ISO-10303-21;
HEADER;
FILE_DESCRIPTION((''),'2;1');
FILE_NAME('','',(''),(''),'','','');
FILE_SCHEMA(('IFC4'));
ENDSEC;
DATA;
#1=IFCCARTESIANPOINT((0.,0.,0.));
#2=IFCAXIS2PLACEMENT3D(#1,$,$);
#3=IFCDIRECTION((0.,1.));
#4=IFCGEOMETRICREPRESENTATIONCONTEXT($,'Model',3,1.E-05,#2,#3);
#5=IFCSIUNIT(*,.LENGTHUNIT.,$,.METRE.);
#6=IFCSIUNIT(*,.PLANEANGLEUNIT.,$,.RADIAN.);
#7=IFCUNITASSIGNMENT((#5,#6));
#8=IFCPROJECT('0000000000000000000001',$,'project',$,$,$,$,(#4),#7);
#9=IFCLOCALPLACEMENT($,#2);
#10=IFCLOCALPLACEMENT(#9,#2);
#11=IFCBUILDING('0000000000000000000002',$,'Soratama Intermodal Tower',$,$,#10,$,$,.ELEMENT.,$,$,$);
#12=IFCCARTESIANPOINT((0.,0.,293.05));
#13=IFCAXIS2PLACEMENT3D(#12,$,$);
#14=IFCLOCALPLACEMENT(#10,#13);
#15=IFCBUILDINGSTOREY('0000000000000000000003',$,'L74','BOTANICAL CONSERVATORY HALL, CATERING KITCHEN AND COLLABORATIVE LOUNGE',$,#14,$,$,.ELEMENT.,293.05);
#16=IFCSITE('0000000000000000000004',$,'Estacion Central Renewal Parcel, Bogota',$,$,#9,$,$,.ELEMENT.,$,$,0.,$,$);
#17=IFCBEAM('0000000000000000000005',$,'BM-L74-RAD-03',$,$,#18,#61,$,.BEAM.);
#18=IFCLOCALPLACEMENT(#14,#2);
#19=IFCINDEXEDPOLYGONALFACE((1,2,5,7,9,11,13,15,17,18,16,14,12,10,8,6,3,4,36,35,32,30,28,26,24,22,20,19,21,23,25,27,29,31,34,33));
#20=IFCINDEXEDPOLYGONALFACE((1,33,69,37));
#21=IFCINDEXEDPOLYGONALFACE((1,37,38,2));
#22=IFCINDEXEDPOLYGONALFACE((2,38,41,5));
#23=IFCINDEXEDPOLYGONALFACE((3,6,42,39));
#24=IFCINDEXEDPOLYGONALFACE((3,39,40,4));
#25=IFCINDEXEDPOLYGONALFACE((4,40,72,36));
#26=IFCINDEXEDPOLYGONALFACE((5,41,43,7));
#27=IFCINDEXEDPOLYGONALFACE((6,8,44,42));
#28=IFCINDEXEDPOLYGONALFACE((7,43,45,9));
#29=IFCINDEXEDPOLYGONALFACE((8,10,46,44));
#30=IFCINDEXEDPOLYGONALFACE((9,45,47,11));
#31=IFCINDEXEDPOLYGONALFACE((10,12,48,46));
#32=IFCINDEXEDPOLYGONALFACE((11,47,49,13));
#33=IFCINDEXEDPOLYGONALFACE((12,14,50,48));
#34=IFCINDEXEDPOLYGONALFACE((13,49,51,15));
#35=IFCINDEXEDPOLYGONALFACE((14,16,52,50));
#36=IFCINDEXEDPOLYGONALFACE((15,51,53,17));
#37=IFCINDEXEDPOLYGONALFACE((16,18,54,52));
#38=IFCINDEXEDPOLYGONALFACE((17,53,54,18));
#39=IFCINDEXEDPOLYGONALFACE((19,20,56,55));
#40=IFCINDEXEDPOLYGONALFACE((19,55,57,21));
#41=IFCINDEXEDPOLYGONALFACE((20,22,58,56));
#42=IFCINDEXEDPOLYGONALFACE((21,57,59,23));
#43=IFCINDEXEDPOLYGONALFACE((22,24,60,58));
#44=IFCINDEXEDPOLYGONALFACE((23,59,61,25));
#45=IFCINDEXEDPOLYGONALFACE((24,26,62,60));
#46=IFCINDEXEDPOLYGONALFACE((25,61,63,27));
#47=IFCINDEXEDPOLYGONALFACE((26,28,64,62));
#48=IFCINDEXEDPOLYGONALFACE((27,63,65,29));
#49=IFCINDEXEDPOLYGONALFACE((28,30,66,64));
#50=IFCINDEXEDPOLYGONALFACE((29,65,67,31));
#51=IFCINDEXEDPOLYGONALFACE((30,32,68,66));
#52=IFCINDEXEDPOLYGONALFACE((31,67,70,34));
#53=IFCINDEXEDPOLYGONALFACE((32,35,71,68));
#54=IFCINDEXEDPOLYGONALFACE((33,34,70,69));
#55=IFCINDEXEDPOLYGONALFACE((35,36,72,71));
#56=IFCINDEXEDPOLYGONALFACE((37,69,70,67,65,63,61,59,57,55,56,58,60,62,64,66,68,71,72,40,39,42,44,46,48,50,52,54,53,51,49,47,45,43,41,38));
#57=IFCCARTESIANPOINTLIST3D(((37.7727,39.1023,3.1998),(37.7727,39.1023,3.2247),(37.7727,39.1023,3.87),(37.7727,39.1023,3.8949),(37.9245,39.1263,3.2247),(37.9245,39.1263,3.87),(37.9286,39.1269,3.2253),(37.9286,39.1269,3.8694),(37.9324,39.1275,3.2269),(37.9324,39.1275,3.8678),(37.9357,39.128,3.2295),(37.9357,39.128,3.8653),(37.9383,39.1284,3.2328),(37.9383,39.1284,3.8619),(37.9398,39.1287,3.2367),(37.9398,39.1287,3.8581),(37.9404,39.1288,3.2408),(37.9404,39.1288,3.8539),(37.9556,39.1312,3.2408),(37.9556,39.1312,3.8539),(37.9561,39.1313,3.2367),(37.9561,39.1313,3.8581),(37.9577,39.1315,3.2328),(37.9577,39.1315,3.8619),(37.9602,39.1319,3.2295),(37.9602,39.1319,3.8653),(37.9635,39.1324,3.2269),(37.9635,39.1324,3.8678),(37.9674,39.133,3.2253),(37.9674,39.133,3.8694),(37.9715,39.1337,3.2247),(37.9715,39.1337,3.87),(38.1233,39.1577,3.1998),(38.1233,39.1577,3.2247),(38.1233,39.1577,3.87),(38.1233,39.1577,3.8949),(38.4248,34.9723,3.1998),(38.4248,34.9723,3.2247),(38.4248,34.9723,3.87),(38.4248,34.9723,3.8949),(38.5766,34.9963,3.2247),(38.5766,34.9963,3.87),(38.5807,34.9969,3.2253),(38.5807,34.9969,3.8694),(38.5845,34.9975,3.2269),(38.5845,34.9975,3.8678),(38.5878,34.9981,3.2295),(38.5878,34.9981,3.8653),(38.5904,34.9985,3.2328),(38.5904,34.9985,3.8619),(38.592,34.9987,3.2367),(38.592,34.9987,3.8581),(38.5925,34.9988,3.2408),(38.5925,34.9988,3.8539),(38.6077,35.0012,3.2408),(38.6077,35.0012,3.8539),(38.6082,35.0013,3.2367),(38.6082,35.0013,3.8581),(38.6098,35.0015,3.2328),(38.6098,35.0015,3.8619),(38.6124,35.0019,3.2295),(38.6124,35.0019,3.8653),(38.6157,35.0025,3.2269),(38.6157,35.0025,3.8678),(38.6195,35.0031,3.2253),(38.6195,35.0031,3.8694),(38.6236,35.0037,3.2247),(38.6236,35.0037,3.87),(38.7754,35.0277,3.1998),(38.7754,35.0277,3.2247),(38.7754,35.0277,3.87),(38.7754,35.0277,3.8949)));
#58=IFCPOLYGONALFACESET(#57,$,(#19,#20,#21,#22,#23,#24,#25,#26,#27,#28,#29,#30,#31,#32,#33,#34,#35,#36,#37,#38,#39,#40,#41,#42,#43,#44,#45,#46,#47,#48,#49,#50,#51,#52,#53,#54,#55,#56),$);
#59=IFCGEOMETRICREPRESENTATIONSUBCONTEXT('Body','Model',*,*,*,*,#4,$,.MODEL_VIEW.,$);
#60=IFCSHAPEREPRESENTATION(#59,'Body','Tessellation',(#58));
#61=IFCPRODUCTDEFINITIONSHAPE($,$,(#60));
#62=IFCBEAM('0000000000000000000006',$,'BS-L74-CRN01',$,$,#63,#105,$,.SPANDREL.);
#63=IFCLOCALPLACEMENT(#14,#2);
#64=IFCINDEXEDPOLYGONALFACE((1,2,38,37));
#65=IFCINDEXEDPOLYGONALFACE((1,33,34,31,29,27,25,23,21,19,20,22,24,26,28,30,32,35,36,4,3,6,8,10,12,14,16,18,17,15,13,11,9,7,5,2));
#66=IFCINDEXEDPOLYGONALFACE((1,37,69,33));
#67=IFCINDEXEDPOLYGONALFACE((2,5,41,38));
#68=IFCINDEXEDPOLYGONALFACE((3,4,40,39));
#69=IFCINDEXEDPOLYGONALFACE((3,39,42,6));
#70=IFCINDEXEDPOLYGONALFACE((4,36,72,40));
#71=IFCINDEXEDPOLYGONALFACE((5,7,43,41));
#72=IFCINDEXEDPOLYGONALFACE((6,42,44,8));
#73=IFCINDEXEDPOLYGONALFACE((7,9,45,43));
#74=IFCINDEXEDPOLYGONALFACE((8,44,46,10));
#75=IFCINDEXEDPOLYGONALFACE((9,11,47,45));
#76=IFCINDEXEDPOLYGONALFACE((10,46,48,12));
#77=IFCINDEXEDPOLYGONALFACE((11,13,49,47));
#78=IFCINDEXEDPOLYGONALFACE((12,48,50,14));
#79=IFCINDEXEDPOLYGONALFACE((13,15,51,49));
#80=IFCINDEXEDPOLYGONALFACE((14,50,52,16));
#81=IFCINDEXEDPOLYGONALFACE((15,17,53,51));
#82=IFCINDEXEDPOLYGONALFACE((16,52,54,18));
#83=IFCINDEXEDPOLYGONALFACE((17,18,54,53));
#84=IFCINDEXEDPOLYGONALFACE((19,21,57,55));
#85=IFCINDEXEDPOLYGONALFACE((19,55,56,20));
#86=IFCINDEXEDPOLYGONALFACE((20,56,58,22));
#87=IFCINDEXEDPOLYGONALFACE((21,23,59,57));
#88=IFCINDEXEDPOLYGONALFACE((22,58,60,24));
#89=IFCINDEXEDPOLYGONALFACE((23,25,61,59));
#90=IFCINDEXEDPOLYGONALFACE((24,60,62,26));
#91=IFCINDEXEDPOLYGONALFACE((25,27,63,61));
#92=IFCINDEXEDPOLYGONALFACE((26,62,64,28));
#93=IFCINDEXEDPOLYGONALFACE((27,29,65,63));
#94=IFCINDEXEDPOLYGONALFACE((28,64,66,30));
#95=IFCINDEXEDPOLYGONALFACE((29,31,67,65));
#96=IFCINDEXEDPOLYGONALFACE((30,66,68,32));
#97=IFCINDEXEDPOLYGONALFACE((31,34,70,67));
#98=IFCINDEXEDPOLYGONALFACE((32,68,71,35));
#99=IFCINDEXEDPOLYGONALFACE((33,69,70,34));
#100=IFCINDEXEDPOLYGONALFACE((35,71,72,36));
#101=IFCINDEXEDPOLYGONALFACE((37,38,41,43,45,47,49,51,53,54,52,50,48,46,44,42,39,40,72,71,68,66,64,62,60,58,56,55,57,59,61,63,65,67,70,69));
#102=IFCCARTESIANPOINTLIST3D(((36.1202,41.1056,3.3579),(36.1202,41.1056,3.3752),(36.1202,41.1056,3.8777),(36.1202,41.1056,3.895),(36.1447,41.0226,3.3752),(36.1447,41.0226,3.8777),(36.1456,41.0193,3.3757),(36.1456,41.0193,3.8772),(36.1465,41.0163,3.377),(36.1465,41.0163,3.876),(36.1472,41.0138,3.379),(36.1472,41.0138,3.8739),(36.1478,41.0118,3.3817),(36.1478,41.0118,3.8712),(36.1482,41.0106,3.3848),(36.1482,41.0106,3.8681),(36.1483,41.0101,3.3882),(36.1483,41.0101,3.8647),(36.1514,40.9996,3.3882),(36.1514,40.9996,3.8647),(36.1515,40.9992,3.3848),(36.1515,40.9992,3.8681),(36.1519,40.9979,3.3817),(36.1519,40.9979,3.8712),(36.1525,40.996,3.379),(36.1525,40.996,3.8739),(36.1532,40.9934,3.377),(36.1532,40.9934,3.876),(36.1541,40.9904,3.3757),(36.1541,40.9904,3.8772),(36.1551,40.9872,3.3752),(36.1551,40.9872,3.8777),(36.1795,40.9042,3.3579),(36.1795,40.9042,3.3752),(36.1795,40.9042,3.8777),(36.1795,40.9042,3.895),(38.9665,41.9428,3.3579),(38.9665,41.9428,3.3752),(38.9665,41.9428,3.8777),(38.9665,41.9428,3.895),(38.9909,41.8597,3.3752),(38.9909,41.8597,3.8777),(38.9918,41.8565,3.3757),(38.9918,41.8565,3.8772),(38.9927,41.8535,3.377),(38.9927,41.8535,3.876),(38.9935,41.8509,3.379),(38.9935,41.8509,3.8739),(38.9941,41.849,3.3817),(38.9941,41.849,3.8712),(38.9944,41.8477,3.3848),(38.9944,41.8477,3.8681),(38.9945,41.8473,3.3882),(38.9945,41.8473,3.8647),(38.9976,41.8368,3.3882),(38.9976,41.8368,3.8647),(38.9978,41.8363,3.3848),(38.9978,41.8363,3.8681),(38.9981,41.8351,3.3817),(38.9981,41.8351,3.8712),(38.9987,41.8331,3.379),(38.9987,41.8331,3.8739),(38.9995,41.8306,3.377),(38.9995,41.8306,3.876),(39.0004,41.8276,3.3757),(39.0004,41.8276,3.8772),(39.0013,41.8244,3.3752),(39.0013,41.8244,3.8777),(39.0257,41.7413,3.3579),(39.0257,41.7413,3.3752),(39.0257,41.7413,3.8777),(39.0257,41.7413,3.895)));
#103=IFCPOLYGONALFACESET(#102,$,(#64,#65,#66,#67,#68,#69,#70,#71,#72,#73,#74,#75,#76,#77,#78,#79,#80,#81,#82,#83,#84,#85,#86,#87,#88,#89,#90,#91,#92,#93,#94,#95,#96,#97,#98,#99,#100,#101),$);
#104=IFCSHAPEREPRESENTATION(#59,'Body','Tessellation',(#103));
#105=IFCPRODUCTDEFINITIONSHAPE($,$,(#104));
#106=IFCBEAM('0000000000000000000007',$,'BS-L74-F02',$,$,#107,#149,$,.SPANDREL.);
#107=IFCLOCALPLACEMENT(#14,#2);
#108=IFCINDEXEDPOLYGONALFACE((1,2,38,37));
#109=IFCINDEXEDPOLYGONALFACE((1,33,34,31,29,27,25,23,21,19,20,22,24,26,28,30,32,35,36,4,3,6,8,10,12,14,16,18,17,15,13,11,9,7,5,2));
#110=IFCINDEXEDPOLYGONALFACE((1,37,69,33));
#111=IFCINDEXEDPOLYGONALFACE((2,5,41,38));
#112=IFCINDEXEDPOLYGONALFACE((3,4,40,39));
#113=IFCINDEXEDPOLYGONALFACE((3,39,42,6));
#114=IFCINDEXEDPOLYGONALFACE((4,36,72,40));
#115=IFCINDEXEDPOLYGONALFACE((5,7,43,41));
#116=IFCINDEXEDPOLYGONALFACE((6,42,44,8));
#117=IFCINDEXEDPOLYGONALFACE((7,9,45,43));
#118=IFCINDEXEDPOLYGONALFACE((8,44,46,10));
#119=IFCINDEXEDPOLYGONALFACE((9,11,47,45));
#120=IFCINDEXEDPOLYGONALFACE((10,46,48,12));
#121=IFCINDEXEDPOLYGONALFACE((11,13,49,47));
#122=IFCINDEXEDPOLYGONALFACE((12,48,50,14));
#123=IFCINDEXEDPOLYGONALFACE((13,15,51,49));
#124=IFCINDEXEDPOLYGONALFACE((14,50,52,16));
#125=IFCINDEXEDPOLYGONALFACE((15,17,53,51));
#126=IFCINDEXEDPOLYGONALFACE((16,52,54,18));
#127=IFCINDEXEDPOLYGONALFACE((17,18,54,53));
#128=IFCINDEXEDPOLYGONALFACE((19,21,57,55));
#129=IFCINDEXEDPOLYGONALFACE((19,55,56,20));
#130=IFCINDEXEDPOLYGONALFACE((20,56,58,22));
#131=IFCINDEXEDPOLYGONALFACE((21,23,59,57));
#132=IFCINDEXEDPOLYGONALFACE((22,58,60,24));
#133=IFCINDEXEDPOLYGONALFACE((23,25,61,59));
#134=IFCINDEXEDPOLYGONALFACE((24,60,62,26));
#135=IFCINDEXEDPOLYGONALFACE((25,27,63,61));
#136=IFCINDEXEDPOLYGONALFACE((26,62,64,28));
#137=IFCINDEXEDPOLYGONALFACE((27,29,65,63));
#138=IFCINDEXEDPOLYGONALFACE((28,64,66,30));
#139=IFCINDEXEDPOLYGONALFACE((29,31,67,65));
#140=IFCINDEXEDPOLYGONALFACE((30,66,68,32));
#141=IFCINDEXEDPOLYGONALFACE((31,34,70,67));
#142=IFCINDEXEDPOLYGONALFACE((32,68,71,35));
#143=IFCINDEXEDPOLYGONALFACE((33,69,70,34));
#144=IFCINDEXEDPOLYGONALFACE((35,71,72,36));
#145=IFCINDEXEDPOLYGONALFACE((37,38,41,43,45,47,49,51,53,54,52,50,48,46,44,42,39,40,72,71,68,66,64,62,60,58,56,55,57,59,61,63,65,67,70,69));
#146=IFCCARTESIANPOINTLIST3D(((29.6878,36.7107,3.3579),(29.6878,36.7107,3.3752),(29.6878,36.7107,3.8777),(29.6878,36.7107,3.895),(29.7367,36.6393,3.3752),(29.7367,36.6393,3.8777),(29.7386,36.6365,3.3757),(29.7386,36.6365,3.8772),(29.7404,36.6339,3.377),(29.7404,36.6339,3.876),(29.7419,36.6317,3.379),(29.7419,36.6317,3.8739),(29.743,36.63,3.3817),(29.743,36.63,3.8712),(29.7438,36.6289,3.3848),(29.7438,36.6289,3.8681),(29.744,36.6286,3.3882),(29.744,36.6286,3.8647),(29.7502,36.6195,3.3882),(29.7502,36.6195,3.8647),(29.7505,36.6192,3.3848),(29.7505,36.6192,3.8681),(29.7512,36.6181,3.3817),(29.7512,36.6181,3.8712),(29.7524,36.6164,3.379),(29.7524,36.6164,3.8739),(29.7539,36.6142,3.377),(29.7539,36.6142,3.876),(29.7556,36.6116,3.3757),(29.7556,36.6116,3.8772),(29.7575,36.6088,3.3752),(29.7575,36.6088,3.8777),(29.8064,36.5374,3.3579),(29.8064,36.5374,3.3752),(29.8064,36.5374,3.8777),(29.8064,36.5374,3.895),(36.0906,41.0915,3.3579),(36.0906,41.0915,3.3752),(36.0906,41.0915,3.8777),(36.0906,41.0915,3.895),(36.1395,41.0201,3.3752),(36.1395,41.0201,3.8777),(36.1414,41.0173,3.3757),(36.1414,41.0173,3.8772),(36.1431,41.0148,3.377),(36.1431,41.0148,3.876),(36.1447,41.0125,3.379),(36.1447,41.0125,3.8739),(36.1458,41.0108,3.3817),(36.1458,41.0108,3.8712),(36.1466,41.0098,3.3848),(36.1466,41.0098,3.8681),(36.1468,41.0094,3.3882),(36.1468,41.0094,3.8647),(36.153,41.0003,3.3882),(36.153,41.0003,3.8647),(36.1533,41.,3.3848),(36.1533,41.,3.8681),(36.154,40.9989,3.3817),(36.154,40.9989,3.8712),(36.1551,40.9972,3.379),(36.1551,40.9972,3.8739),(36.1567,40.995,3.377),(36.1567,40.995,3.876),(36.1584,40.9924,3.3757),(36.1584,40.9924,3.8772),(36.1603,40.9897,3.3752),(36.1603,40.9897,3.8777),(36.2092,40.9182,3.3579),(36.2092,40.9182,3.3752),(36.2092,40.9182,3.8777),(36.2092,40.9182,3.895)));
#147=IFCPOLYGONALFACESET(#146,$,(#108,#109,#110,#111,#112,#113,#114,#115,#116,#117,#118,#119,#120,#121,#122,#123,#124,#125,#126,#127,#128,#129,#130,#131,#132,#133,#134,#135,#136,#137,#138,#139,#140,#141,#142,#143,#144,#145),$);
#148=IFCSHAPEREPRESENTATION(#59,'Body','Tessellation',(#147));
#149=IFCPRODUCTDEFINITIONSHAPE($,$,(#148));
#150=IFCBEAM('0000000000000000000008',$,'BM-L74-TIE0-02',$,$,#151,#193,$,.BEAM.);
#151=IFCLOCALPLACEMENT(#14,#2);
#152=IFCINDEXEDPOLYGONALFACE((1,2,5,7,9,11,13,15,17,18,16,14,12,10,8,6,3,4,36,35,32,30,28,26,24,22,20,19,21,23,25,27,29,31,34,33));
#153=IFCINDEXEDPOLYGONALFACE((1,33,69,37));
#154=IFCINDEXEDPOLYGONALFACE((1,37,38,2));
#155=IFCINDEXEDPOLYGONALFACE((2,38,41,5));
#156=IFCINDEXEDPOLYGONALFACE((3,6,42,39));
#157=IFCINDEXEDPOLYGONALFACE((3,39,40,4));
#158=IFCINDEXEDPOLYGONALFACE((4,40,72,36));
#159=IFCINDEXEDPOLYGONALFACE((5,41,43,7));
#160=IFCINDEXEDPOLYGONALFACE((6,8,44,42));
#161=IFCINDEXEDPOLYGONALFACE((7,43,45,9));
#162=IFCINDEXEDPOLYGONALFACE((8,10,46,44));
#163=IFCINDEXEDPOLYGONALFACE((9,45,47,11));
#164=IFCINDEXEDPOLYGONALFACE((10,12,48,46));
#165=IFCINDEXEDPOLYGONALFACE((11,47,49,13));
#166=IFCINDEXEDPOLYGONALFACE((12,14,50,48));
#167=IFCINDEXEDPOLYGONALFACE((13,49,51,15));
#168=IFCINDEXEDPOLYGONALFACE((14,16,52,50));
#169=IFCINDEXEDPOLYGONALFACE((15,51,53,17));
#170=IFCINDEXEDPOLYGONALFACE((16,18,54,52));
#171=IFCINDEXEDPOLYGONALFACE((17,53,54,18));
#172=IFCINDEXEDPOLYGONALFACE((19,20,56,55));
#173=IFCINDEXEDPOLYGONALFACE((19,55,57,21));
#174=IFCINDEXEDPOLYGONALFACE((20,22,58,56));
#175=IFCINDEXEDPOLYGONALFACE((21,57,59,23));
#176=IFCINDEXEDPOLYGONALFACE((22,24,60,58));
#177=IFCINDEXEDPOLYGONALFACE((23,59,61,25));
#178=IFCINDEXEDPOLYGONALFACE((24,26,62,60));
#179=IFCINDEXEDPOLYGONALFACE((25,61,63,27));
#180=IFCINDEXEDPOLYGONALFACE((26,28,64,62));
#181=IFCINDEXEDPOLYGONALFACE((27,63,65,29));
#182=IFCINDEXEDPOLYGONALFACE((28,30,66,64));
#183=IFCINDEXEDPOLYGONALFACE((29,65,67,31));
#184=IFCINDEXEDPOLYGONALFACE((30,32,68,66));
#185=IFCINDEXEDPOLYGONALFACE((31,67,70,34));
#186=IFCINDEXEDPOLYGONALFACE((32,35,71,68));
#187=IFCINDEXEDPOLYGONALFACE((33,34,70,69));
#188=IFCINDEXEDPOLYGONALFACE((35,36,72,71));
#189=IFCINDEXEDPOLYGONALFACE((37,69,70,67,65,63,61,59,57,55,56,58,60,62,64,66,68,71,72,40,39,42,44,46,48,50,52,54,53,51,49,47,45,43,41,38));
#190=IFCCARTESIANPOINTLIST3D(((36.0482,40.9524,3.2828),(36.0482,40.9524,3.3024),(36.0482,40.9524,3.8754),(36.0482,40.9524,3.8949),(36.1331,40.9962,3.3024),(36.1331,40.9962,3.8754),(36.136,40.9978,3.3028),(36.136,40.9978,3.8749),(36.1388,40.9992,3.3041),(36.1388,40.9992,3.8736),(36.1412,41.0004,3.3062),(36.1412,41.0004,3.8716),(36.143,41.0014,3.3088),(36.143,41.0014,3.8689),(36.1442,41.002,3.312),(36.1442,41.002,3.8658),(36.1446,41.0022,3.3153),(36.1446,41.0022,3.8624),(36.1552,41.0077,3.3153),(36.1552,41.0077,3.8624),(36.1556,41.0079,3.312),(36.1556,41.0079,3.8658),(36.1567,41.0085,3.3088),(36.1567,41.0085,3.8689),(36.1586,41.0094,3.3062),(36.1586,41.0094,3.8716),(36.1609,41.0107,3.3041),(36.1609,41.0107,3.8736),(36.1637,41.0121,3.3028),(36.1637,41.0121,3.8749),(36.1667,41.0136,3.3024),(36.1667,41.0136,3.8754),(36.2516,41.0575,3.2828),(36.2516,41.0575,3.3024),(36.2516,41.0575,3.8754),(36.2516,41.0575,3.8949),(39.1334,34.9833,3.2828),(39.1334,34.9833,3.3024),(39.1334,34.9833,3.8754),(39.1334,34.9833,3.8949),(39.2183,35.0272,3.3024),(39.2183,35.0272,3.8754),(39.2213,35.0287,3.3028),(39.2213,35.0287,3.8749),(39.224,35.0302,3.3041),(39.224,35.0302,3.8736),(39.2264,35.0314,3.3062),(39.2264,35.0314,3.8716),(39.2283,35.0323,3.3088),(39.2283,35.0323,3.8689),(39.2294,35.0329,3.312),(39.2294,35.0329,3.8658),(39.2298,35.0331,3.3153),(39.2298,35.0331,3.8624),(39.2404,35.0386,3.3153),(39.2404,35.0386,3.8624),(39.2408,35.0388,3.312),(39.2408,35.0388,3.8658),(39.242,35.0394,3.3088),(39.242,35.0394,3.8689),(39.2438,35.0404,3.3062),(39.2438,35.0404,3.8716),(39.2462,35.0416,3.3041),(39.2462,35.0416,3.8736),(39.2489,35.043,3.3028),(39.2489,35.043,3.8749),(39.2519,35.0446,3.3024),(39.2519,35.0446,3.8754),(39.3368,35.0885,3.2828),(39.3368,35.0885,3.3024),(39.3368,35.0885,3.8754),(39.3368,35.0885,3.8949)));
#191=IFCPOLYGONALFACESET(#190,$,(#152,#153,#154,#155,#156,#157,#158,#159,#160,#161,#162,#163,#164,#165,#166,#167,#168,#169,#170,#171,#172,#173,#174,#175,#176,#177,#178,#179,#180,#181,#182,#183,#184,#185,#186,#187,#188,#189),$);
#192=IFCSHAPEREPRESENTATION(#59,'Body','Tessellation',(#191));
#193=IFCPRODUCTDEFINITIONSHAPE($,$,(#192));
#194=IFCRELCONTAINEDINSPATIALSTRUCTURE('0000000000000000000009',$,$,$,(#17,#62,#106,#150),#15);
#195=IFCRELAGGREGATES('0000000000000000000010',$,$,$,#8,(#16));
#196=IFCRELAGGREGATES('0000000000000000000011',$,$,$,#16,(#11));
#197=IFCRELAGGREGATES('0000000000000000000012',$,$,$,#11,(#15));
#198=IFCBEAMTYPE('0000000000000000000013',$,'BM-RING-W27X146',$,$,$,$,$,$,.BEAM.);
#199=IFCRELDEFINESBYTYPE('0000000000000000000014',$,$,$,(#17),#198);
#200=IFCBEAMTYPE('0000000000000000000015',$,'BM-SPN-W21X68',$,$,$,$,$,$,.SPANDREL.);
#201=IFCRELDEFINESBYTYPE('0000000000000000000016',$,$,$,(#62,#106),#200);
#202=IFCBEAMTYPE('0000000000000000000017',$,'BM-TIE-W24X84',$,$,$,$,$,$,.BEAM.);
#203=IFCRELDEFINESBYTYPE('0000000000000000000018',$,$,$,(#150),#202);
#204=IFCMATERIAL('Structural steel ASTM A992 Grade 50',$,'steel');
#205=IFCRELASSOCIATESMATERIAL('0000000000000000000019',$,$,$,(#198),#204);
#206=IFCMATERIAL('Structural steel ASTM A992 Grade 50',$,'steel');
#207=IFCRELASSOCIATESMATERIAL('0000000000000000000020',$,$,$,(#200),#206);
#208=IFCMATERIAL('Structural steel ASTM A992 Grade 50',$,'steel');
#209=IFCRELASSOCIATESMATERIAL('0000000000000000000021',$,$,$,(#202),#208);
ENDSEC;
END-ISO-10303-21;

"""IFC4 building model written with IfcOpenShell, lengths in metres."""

from ifc_helpers import new_model, si_unit, direction, frame, origin, origin_2d, place, context, subcontext, project, spatial, i_section, extrude, material, material_profile, profile_set, type_object, element, save


model = new_model("IFC4")

# Units and contexts
model_context = context("Model", 3, precision=1e-05, world=origin(), true_north=direction((0.0, 1.0)))
body_context = subcontext(model_context, "Body", "Model", "MODEL_VIEW")
ifc_project = project(units=[si_unit("LENGTHUNIT", "METRE"), si_unit("PLANEANGLEUNIT", "RADIAN")], contexts=[model_context])

# Site, building, storey
site_placement = place(None, origin())
site = spatial("IfcSite", under=ifc_project, at=site_placement, Name="Estacion Central Renewal Parcel, Bogota", CompositionType="ELEMENT", RefElevation=0.0)
building_placement = place(site_placement, origin())
building = spatial("IfcBuilding", under=site, at=building_placement, Name="Soratama Intermodal Tower", CompositionType="ELEMENT")
storey_placement = place(building_placement, frame((0.0, 0.0, 293.05)))
storey = spatial("IfcBuildingStorey", under=building, at=storey_placement, Name="L74", Description="BOTANICAL CONSERVATORY HALL, CATERING KITCHEN AND COLLABORATIVE LOUNGE", CompositionType="ELEMENT", Elevation=293.05)

# Beams
ifc_material_1 = material(Name="Structural steel ASTM A992 Grade 50", Category="steel")
ifc_material_profile_1 = material_profile(ifc_material_1, i_section(OverallWidth=0.355, OverallDepth=0.6951, WebThickness=0.0154, FlangeThickness=0.0249, FilletRadius=0.0161, at=origin_2d()), Name="W27X146")
ifc_profile_set_1 = profile_set([ifc_material_profile_1], Name="Structural steel ASTM A992 Grade 50")
beam_type_1 = type_object("IfcBeamType", Name="BM-RING-W27X146", PredefinedType="BEAM", material=ifc_profile_set_1)
beam_1_placement = place(storey_placement, frame((38.6001, 35.0, 3.5474), z_axis=(-0.155966, 0.987762, 0.0), x_axis=(-0.987762, -0.155966, 0.0)))
element("IfcBeam", 1, at=beam_1_placement, inside=storey, type_object=beam_type_1, Name="BM-L74-RAD-03", PredefinedType="BEAM", context=body_context, shape_type="SweptSolid", body=[
    extrude(i_section(OverallWidth=0.355, OverallDepth=0.6951, WebThickness=0.0154, FlangeThickness=0.0249, FilletRadius=0.0161, at=origin_2d()), origin(), (0.0, 0.0, 1.0), 4.1812),
])
ifc_material_2 = material(Name="Structural steel ASTM A992 Grade 50", Category="steel")
ifc_material_profile_2 = material_profile(ifc_material_2, i_section(OverallWidth=0.21, OverallDepth=0.5371, WebThickness=0.011, FlangeThickness=0.0173, FilletRadius=0.0129, at=origin_2d()), Name="W21X68")
ifc_profile_set_2 = profile_set([ifc_material_profile_2], Name="Structural steel ASTM A992 Grade 50")
beam_type_2 = type_object("IfcBeamType", Name="BM-SPN-W21X68", PredefinedType="SPANDREL", material=ifc_profile_set_2)
beam_2_placement = place(storey_placement, frame((38.9961, 41.842, 3.6265), z_axis=(-0.959362, -0.28218, 0.0), x_axis=(0.28218, -0.959362, 0.0)))
element("IfcBeam", 2, at=beam_2_placement, inside=storey, type_object=beam_type_2, Name="BS-L74-CRN01", PredefinedType="SPANDREL", context=body_context, shape_type="SweptSolid", body=[
    extrude(i_section(OverallWidth=0.21, OverallDepth=0.5371, WebThickness=0.011, FlangeThickness=0.0173, FilletRadius=0.0129, at=origin_2d()), origin(), (0.0, 0.0, 1.0), 2.9668),
])
beam_3_placement = place(storey_placement, frame((36.1499, 41.0049, 3.6265), z_axis=(-0.825309, -0.564682, 0.0), x_axis=(0.564682, -0.825309, 0.0)))
element("IfcBeam", 3, at=beam_3_placement, inside=storey, type_object=beam_type_2, Name="BS-L74-F02", PredefinedType="SPANDREL", context=body_context, shape_type="SweptSolid", body=[
    extrude(i_section(OverallWidth=0.21, OverallDepth=0.5371, WebThickness=0.011, FlangeThickness=0.0173, FilletRadius=0.0129, at=origin_2d()), origin(), (0.0, 0.0, 1.0), 7.7581),
])
ifc_material_3 = material(Name="Structural steel ASTM A992 Grade 50", Category="steel")
ifc_material_profile_3 = material_profile(ifc_material_3, i_section(OverallWidth=0.229, OverallDepth=0.6121, WebThickness=0.012, FlangeThickness=0.0195, FilletRadius=0.0129, at=origin_2d()), Name="W24X84")
ifc_profile_set_3 = profile_set([ifc_material_profile_3], Name="Structural steel ASTM A992 Grade 50")
beam_type_3 = type_object("IfcBeamType", Name="BM-TIE-W24X84", PredefinedType="BEAM", material=ifc_profile_set_3)
beam_4_placement = place(storey_placement, frame((39.2351, 35.0359, 3.5889), z_axis=(-0.459164, 0.888352, 0.0), x_axis=(-0.888352, -0.459164, 0.0)))
element("IfcBeam", 4, at=beam_4_placement, inside=storey, type_object=beam_type_3, Name="BM-L74-TIE0-02", PredefinedType="BEAM", context=body_context, shape_type="SweptSolid", body=[
    extrude(i_section(OverallWidth=0.229, OverallDepth=0.6121, WebThickness=0.012, FlangeThickness=0.0195, FilletRadius=0.0129, at=origin_2d()), origin(), (0.0, 0.0, 1.0), 6.7192),
])

save(model, "model.ifc")
